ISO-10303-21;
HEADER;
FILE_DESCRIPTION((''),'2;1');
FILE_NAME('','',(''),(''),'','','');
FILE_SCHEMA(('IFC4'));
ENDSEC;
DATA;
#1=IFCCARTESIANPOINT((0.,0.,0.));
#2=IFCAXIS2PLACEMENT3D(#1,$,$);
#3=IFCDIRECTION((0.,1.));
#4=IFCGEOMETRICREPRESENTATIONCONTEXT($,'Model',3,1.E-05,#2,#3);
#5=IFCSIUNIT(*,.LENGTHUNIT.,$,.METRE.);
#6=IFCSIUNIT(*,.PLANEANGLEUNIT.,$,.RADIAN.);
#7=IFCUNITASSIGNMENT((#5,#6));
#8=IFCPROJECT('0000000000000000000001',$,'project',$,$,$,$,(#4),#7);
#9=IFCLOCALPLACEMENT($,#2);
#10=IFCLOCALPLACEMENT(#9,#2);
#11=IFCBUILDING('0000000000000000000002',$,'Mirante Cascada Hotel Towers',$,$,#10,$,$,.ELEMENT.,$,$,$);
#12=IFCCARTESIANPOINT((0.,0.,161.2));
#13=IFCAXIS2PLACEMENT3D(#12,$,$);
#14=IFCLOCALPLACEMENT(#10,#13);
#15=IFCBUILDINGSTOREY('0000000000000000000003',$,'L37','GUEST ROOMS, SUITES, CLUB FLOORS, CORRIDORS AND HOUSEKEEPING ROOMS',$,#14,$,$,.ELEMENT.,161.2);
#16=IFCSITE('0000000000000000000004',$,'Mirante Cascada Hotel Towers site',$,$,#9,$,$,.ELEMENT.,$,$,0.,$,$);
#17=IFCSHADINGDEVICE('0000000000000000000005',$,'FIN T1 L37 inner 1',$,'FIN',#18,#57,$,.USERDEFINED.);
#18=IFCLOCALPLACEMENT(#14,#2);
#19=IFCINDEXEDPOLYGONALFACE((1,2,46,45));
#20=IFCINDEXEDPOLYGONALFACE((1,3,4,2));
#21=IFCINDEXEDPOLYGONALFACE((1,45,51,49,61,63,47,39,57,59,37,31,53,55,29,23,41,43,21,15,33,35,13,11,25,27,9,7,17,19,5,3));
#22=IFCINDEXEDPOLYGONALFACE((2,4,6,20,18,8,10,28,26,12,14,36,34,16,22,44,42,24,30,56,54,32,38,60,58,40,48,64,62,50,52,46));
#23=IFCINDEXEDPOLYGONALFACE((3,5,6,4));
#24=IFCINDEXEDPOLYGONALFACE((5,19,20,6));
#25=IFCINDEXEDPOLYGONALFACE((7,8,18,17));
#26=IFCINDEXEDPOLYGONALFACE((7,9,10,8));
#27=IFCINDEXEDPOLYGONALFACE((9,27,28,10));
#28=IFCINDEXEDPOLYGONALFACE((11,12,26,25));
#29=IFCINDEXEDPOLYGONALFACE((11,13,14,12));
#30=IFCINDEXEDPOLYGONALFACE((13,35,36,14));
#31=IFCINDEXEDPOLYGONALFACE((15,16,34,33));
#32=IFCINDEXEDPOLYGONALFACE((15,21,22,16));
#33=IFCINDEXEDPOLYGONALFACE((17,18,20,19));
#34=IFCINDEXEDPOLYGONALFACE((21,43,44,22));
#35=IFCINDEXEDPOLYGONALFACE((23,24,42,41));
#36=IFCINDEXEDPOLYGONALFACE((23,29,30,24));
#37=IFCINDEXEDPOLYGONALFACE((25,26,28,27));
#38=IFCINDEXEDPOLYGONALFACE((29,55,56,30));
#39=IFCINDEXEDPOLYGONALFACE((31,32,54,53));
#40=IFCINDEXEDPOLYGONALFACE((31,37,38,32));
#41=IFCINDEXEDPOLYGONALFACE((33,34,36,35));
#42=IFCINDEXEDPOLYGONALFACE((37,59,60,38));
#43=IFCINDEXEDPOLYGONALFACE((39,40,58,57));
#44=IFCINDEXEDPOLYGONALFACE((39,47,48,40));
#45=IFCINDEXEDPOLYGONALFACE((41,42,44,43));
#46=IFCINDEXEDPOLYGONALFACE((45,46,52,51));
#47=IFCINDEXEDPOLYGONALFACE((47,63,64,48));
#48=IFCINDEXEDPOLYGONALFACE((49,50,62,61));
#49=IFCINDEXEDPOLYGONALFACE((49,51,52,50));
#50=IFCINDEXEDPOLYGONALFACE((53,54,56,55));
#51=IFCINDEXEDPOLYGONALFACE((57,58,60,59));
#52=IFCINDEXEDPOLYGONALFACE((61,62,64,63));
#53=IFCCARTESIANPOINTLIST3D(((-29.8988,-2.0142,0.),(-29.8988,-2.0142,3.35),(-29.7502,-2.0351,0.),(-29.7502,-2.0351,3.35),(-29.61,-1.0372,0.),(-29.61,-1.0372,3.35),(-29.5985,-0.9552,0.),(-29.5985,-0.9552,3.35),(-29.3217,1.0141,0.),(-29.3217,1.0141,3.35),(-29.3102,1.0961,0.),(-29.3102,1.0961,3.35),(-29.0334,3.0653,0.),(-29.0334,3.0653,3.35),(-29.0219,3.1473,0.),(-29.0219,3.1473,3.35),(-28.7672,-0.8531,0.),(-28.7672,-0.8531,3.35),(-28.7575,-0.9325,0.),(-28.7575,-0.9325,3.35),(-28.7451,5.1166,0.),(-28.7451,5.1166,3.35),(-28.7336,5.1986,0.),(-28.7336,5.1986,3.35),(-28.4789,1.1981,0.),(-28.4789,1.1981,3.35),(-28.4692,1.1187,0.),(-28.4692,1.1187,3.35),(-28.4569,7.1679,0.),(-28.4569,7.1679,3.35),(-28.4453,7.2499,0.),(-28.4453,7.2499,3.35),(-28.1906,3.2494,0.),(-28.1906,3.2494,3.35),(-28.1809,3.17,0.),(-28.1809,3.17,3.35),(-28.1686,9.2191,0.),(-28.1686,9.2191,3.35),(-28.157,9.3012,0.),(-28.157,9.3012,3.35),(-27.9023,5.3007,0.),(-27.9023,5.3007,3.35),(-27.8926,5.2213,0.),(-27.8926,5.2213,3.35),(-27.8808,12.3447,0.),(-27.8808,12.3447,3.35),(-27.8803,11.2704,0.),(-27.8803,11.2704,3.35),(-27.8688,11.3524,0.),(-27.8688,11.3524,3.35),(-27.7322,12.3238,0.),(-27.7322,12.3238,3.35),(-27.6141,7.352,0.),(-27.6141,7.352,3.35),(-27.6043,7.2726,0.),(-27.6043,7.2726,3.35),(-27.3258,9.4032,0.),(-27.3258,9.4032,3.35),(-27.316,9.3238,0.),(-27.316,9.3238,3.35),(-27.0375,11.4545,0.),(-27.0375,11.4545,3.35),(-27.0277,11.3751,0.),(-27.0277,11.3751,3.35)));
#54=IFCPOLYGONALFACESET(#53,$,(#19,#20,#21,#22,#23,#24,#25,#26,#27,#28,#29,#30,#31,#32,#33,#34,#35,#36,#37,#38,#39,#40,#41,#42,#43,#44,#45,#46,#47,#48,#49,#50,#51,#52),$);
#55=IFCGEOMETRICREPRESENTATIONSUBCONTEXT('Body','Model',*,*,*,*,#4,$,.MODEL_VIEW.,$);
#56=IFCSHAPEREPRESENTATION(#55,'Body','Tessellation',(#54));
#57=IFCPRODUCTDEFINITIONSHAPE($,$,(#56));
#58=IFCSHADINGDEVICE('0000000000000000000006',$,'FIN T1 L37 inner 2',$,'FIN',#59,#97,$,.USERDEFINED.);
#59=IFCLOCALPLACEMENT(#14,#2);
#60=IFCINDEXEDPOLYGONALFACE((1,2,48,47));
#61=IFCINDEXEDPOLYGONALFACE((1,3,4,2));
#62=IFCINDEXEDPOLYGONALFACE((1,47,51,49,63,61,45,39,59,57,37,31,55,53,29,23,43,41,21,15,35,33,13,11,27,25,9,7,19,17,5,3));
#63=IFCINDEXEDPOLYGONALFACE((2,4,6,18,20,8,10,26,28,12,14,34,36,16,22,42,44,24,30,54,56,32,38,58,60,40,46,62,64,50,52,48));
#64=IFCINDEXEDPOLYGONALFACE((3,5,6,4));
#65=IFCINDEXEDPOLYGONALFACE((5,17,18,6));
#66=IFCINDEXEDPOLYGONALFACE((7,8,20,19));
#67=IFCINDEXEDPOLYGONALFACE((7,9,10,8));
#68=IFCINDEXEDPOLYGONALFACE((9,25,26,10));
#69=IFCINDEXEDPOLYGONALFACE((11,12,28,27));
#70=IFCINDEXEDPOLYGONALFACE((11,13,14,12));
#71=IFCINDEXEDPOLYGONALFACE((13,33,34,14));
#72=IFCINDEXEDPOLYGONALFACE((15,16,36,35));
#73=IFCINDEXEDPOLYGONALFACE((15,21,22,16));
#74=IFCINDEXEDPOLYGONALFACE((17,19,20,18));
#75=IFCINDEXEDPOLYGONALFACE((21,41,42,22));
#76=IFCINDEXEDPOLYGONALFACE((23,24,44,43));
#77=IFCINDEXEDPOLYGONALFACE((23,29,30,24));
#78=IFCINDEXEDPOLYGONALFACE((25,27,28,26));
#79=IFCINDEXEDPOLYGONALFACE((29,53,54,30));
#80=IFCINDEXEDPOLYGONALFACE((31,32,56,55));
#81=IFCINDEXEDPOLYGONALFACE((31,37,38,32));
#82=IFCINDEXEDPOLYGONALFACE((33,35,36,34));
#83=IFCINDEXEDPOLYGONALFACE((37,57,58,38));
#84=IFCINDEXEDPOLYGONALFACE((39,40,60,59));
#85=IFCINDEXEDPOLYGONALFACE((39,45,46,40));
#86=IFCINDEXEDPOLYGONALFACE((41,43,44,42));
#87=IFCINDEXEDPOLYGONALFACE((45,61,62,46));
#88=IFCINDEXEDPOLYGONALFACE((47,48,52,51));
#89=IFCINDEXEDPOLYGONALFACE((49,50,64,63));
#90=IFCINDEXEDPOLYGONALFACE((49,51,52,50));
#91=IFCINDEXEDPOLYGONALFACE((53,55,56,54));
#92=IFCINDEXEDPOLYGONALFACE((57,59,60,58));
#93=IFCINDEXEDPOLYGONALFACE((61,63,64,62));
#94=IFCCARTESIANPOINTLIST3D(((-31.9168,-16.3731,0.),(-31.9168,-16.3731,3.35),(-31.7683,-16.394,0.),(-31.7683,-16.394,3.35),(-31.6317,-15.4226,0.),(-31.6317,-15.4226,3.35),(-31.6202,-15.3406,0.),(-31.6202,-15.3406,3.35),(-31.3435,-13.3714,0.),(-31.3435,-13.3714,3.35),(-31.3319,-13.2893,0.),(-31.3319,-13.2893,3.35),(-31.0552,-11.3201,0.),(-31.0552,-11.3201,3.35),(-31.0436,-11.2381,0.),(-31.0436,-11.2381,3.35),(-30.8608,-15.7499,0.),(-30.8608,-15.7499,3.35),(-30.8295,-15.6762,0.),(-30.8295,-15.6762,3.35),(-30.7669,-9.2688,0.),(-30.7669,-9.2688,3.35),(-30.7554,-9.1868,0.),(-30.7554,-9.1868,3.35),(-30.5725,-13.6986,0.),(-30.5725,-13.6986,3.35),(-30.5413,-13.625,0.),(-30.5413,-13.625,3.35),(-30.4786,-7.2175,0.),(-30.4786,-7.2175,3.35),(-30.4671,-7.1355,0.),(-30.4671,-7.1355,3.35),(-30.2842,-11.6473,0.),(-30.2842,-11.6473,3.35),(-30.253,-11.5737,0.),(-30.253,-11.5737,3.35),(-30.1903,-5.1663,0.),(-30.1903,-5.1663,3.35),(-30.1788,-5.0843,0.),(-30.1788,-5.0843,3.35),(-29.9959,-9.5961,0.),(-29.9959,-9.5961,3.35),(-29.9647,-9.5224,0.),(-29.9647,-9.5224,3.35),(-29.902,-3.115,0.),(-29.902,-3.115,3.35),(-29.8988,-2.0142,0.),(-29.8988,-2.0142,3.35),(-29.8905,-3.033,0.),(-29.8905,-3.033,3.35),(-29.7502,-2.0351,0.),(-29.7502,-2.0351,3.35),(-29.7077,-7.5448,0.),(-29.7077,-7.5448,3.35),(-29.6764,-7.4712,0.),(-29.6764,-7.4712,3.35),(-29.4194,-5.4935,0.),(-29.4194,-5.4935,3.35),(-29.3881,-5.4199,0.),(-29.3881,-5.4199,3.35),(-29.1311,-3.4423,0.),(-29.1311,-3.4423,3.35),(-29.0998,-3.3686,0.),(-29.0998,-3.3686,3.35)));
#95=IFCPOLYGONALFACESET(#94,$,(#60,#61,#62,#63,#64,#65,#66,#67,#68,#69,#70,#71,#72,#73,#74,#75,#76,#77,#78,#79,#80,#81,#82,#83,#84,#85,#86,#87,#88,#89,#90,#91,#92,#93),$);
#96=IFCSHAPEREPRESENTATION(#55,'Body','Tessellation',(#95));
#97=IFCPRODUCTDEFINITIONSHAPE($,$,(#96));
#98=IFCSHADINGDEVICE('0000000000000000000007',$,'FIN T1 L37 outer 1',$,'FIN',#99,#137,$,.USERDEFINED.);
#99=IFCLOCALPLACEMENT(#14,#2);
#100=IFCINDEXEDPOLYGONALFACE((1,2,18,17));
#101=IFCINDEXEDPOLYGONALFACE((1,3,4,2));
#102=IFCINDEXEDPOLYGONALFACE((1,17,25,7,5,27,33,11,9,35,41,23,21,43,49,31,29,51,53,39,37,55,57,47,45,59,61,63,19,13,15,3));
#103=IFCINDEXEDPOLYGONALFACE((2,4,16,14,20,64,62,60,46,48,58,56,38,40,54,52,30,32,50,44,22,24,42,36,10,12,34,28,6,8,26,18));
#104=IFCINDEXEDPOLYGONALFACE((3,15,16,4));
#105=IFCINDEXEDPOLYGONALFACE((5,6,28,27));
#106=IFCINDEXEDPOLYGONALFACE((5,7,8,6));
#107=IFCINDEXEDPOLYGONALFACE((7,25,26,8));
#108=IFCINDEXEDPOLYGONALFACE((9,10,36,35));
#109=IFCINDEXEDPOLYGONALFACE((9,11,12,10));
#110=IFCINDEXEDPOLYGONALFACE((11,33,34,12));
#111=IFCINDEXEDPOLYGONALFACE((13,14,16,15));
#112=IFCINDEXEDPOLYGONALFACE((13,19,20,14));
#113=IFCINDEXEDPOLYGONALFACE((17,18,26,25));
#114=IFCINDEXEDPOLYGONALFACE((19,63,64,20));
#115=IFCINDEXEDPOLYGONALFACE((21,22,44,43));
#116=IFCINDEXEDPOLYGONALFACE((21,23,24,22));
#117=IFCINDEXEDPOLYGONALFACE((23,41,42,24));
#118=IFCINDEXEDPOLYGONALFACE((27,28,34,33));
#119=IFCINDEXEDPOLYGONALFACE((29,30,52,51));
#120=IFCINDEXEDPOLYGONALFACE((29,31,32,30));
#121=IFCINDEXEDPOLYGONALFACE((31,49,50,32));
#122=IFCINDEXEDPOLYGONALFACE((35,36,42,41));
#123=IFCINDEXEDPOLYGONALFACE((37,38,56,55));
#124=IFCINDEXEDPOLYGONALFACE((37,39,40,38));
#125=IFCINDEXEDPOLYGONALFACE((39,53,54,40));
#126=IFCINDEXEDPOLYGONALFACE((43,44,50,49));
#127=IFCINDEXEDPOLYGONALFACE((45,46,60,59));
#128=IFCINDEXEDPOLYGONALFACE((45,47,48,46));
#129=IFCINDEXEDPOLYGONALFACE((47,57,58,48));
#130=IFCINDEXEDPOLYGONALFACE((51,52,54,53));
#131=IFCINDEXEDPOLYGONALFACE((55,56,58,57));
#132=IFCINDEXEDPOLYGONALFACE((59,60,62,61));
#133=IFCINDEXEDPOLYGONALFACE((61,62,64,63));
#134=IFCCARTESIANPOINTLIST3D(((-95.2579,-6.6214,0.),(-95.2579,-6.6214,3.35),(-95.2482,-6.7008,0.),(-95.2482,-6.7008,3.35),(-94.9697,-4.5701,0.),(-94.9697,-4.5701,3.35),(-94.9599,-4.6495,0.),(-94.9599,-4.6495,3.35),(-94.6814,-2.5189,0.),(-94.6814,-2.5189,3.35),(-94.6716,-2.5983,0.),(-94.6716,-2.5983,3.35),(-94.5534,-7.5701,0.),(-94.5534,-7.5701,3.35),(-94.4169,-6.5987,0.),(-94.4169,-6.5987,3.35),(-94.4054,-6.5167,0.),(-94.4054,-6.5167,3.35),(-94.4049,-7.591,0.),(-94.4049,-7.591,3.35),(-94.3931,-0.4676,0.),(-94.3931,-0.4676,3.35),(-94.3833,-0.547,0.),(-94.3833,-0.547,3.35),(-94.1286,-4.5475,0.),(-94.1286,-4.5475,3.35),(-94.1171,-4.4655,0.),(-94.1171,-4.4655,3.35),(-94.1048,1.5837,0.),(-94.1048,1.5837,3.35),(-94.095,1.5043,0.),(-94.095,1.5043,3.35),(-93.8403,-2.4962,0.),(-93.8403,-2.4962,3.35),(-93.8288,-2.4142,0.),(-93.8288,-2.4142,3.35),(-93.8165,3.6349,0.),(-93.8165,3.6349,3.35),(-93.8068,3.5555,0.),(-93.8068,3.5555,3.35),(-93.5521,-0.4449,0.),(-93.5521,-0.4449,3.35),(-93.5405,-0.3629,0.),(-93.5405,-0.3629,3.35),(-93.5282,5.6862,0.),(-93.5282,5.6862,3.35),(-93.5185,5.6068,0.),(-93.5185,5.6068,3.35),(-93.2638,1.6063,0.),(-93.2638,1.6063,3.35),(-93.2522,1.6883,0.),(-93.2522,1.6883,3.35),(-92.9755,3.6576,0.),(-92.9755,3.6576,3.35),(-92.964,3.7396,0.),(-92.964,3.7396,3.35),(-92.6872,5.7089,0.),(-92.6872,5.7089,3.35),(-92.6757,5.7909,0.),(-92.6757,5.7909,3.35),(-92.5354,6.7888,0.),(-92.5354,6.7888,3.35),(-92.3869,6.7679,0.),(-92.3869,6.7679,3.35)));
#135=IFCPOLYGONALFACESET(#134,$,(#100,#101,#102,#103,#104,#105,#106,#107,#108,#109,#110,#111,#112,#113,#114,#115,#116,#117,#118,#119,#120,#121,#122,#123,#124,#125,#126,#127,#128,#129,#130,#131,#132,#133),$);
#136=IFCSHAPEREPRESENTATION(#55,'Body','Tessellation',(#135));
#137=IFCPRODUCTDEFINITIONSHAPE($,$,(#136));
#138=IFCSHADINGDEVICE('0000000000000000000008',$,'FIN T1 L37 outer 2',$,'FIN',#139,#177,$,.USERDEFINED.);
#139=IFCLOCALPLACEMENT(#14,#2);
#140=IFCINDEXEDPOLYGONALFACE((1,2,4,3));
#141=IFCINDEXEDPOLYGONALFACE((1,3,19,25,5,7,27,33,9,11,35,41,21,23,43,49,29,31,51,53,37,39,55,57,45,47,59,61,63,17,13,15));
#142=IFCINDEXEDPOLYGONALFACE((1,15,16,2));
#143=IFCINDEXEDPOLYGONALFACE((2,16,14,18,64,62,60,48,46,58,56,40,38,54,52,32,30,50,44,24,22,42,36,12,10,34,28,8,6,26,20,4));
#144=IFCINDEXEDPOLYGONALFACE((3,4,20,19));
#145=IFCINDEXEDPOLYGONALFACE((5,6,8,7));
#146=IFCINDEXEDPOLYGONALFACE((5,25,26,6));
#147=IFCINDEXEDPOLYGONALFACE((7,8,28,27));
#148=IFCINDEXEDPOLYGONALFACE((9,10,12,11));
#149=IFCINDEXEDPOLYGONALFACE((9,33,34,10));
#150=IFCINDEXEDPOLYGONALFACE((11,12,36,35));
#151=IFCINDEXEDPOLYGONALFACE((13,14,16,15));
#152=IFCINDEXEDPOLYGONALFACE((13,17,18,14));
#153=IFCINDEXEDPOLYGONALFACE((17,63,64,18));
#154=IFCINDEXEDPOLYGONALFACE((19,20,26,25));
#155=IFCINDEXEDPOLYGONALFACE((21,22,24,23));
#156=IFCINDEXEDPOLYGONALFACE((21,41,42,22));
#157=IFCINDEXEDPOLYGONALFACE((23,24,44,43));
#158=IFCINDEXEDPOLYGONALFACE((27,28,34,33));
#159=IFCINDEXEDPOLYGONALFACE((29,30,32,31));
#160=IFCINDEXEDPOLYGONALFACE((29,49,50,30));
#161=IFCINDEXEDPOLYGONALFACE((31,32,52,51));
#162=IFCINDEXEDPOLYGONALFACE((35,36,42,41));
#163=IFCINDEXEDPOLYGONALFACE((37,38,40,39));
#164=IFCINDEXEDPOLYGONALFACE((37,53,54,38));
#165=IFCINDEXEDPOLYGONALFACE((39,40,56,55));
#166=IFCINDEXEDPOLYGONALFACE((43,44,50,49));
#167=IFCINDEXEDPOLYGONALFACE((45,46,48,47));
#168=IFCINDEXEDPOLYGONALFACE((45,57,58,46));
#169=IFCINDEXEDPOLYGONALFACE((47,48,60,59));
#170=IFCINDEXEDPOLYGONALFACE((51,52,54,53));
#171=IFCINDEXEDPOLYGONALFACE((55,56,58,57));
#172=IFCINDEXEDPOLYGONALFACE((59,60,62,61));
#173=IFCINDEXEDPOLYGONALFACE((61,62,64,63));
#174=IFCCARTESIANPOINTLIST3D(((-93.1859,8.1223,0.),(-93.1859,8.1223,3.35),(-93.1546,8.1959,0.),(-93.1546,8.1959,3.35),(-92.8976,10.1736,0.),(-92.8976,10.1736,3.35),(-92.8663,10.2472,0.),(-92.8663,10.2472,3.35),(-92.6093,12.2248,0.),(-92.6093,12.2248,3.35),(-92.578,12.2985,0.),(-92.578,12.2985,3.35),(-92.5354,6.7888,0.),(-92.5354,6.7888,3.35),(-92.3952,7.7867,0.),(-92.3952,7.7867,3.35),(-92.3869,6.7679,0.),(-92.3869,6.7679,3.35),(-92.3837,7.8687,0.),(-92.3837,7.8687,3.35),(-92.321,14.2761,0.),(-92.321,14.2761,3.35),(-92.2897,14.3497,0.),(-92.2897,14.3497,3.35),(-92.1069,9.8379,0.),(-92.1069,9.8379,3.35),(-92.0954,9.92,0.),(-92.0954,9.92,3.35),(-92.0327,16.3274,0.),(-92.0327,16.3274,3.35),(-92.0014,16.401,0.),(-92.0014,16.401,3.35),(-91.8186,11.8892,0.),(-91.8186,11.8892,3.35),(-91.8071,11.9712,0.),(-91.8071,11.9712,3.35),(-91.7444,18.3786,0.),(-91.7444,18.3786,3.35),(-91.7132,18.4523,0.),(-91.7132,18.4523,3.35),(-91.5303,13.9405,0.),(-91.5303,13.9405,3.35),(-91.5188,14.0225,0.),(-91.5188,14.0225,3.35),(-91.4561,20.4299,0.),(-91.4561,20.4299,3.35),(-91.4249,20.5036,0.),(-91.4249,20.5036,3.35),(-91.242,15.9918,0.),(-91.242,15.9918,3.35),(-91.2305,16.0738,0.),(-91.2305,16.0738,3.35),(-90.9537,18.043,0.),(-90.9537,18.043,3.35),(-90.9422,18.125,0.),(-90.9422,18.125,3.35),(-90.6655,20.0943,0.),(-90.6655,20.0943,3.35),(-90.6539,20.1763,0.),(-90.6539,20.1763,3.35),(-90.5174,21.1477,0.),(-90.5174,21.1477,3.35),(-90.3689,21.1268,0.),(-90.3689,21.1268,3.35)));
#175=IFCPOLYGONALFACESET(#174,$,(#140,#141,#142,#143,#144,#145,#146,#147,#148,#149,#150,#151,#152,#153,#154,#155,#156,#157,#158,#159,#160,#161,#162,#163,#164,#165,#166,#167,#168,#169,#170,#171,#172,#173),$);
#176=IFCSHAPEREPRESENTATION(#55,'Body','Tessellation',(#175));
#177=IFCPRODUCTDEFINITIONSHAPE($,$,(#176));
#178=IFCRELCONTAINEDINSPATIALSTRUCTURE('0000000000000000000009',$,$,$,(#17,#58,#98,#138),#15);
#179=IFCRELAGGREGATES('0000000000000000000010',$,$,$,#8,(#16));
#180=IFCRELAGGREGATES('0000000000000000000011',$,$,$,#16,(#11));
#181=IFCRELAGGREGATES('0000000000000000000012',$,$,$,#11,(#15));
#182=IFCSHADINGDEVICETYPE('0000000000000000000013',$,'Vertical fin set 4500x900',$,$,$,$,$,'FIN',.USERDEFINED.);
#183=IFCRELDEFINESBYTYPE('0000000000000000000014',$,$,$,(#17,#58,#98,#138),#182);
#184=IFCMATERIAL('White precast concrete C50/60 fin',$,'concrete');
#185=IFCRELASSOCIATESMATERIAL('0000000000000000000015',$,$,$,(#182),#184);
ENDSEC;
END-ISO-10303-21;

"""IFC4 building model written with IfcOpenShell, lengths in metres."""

from ifc_helpers import new_model, si_unit, direction, frame, origin, place, context, subcontext, project, spatial, polyline, outline, extrude, material, type_object, element, save


model = new_model("IFC4")

# Units and contexts
model_context = context("Model", 3, precision=1e-05, world=origin(), true_north=direction((0.0, 1.0)))
body_context = subcontext(model_context, "Body", "Model", "MODEL_VIEW")
ifc_project = project(units=[si_unit("LENGTHUNIT", "METRE"), si_unit("PLANEANGLEUNIT", "RADIAN")], contexts=[model_context])

# Site, building, storey
site_placement = place(None, origin())
site = spatial("IfcSite", under=ifc_project, at=site_placement, Name="Mirante Cascada Hotel Towers site", CompositionType="ELEMENT", RefElevation=0.0)
building_placement = place(site_placement, origin())
building = spatial("IfcBuilding", under=site, at=building_placement, Name="Mirante Cascada Hotel Towers", CompositionType="ELEMENT")
storey_placement = place(building_placement, frame((0.0, 0.0, 161.2)))
storey = spatial("IfcBuildingStorey", under=building, at=storey_placement, Name="L37", Description="GUEST ROOMS, SUITES, CLUB FLOORS, CORRIDORS AND HOUSEKEEPING ROOMS", CompositionType="ELEMENT", Elevation=161.2)

# Shading devices
ifc_material_1 = material(Name="White precast concrete C50/60 fin", Category="concrete")
shading_device_type = type_object("IfcShadingDeviceType", Name="Vertical fin set 4500x900", ElementType="FIN", PredefinedType="USERDEFINED", material=ifc_material_1)
shading_device_1_placement = place(storey_placement, origin())
element("IfcShadingDevice", 1, at=shading_device_1_placement, inside=storey, type_object=shading_device_type, Name="FIN T1 L37 inner 1", ObjectType="FIN", PredefinedType="USERDEFINED", context=body_context, shape_type="SweptSolid", body=[
    extrude(outline(polyline([(-29.61, -1.0372), (-29.7502, -2.0351), (-29.8988, -2.0142), (-27.8808, 12.3447), (-27.7322, 12.3238), (-27.8688, 11.3524), (-27.0375, 11.4545), (-27.0277, 11.3751), (-27.8803, 11.2704), (-28.157, 9.3012), (-27.3258, 9.4032), (-27.316, 9.3238), (-28.1686, 9.2191), (-28.4453, 7.2499), (-27.6141, 7.352), (-27.6043, 7.2726), (-28.4569, 7.1679), (-28.7336, 5.1986), (-27.9023, 5.3007), (-27.8926, 5.2213), (-28.7451, 5.1166), (-29.0219, 3.1473), (-28.1906, 3.2494), (-28.1809, 3.17), (-29.0334, 3.0653), (-29.3102, 1.0961), (-28.4789, 1.1981), (-28.4692, 1.1187), (-29.3217, 1.0141), (-29.5985, -0.9552), (-28.7672, -0.8531), (-28.7575, -0.9325), (-29.61, -1.0372)])), origin(), (0.0, 0.0, 1.0), 3.35),
])
shading_device_2_placement = place(storey_placement, origin())
element("IfcShadingDevice", 2, at=shading_device_2_placement, inside=storey, type_object=shading_device_type, Name="FIN T1 L37 inner 2", ObjectType="FIN", PredefinedType="USERDEFINED", context=body_context, shape_type="SweptSolid", body=[
    extrude(outline(polyline([(-31.6317, -15.4226), (-31.7683, -16.394), (-31.9168, -16.3731), (-29.8988, -2.0142), (-29.7502, -2.0351), (-29.8905, -3.033), (-29.0998, -3.3686), (-29.1311, -3.4423), (-29.902, -3.115), (-30.1788, -5.0843), (-29.3881, -5.4199), (-29.4194, -5.4935), (-30.1903, -5.1663), (-30.4671, -7.1355), (-29.6764, -7.4712), (-29.7077, -7.5448), (-30.4786, -7.2175), (-30.7554, -9.1868), (-29.9647, -9.5224), (-29.9959, -9.5961), (-30.7669, -9.2688), (-31.0436, -11.2381), (-30.253, -11.5737), (-30.2842, -11.6473), (-31.0552, -11.3201), (-31.3319, -13.2893), (-30.5413, -13.625), (-30.5725, -13.6986), (-31.3435, -13.3714), (-31.6202, -15.3406), (-30.8295, -15.6762), (-30.8608, -15.7499), (-31.6317, -15.4226)])), origin(), (0.0, 0.0, 1.0), 3.35),
])
shading_device_3_placement = place(storey_placement, origin())
element("IfcShadingDevice", 3, at=shading_device_3_placement, inside=storey, type_object=shading_device_type, Name="FIN T1 L37 outer 1", ObjectType="FIN", PredefinedType="USERDEFINED", context=body_context, shape_type="SweptSolid", body=[
    extrude(outline(polyline([(-94.4054, -6.5167), (-94.1286, -4.5475), (-94.9599, -4.6495), (-94.9697, -4.5701), (-94.1171, -4.4655), (-93.8403, -2.4962), (-94.6716, -2.5983), (-94.6814, -2.5189), (-93.8288, -2.4142), (-93.5521, -0.4449), (-94.3833, -0.547), (-94.3931, -0.4676), (-93.5405, -0.3629), (-93.2638, 1.6063), (-94.095, 1.5043), (-94.1048, 1.5837), (-93.2522, 1.6883), (-92.9755, 3.6576), (-93.8068, 3.5555), (-93.8165, 3.6349), (-92.964, 3.7396), (-92.6872, 5.7089), (-93.5185, 5.6068), (-93.5282, 5.6862), (-92.6757, 5.7909), (-92.5354, 6.7888), (-92.3869, 6.7679), (-94.4049, -7.591), (-94.5534, -7.5701), (-94.4169, -6.5987), (-95.2482, -6.7008), (-95.2579, -6.6214), (-94.4054, -6.5167)])), origin(), (0.0, 0.0, 1.0), 3.35),
])
shading_device_4_placement = place(storey_placement, origin())
element("IfcShadingDevice", 4, at=shading_device_4_placement, inside=storey, type_object=shading_device_type, Name="FIN T1 L37 outer 2", ObjectType="FIN", PredefinedType="USERDEFINED", context=body_context, shape_type="SweptSolid", body=[
    extrude(outline(polyline([(-92.3837, 7.8687), (-92.1069, 9.8379), (-92.8976, 10.1736), (-92.8663, 10.2472), (-92.0954, 9.92), (-91.8186, 11.8892), (-92.6093, 12.2248), (-92.578, 12.2985), (-91.8071, 11.9712), (-91.5303, 13.9405), (-92.321, 14.2761), (-92.2897, 14.3497), (-91.5188, 14.0225), (-91.242, 15.9918), (-92.0327, 16.3274), (-92.0014, 16.401), (-91.2305, 16.0738), (-90.9537, 18.043), (-91.7444, 18.3786), (-91.7132, 18.4523), (-90.9422, 18.125), (-90.6655, 20.0943), (-91.4561, 20.4299), (-91.4249, 20.5036), (-90.6539, 20.1763), (-90.5174, 21.1477), (-90.3689, 21.1268), (-92.3869, 6.7679), (-92.5354, 6.7888), (-92.3952, 7.7867), (-93.1859, 8.1223), (-93.1546, 8.1959), (-92.3837, 7.8687)])), origin(), (0.0, 0.0, 1.0), 3.35),
])

save(model, "model.ifc")
